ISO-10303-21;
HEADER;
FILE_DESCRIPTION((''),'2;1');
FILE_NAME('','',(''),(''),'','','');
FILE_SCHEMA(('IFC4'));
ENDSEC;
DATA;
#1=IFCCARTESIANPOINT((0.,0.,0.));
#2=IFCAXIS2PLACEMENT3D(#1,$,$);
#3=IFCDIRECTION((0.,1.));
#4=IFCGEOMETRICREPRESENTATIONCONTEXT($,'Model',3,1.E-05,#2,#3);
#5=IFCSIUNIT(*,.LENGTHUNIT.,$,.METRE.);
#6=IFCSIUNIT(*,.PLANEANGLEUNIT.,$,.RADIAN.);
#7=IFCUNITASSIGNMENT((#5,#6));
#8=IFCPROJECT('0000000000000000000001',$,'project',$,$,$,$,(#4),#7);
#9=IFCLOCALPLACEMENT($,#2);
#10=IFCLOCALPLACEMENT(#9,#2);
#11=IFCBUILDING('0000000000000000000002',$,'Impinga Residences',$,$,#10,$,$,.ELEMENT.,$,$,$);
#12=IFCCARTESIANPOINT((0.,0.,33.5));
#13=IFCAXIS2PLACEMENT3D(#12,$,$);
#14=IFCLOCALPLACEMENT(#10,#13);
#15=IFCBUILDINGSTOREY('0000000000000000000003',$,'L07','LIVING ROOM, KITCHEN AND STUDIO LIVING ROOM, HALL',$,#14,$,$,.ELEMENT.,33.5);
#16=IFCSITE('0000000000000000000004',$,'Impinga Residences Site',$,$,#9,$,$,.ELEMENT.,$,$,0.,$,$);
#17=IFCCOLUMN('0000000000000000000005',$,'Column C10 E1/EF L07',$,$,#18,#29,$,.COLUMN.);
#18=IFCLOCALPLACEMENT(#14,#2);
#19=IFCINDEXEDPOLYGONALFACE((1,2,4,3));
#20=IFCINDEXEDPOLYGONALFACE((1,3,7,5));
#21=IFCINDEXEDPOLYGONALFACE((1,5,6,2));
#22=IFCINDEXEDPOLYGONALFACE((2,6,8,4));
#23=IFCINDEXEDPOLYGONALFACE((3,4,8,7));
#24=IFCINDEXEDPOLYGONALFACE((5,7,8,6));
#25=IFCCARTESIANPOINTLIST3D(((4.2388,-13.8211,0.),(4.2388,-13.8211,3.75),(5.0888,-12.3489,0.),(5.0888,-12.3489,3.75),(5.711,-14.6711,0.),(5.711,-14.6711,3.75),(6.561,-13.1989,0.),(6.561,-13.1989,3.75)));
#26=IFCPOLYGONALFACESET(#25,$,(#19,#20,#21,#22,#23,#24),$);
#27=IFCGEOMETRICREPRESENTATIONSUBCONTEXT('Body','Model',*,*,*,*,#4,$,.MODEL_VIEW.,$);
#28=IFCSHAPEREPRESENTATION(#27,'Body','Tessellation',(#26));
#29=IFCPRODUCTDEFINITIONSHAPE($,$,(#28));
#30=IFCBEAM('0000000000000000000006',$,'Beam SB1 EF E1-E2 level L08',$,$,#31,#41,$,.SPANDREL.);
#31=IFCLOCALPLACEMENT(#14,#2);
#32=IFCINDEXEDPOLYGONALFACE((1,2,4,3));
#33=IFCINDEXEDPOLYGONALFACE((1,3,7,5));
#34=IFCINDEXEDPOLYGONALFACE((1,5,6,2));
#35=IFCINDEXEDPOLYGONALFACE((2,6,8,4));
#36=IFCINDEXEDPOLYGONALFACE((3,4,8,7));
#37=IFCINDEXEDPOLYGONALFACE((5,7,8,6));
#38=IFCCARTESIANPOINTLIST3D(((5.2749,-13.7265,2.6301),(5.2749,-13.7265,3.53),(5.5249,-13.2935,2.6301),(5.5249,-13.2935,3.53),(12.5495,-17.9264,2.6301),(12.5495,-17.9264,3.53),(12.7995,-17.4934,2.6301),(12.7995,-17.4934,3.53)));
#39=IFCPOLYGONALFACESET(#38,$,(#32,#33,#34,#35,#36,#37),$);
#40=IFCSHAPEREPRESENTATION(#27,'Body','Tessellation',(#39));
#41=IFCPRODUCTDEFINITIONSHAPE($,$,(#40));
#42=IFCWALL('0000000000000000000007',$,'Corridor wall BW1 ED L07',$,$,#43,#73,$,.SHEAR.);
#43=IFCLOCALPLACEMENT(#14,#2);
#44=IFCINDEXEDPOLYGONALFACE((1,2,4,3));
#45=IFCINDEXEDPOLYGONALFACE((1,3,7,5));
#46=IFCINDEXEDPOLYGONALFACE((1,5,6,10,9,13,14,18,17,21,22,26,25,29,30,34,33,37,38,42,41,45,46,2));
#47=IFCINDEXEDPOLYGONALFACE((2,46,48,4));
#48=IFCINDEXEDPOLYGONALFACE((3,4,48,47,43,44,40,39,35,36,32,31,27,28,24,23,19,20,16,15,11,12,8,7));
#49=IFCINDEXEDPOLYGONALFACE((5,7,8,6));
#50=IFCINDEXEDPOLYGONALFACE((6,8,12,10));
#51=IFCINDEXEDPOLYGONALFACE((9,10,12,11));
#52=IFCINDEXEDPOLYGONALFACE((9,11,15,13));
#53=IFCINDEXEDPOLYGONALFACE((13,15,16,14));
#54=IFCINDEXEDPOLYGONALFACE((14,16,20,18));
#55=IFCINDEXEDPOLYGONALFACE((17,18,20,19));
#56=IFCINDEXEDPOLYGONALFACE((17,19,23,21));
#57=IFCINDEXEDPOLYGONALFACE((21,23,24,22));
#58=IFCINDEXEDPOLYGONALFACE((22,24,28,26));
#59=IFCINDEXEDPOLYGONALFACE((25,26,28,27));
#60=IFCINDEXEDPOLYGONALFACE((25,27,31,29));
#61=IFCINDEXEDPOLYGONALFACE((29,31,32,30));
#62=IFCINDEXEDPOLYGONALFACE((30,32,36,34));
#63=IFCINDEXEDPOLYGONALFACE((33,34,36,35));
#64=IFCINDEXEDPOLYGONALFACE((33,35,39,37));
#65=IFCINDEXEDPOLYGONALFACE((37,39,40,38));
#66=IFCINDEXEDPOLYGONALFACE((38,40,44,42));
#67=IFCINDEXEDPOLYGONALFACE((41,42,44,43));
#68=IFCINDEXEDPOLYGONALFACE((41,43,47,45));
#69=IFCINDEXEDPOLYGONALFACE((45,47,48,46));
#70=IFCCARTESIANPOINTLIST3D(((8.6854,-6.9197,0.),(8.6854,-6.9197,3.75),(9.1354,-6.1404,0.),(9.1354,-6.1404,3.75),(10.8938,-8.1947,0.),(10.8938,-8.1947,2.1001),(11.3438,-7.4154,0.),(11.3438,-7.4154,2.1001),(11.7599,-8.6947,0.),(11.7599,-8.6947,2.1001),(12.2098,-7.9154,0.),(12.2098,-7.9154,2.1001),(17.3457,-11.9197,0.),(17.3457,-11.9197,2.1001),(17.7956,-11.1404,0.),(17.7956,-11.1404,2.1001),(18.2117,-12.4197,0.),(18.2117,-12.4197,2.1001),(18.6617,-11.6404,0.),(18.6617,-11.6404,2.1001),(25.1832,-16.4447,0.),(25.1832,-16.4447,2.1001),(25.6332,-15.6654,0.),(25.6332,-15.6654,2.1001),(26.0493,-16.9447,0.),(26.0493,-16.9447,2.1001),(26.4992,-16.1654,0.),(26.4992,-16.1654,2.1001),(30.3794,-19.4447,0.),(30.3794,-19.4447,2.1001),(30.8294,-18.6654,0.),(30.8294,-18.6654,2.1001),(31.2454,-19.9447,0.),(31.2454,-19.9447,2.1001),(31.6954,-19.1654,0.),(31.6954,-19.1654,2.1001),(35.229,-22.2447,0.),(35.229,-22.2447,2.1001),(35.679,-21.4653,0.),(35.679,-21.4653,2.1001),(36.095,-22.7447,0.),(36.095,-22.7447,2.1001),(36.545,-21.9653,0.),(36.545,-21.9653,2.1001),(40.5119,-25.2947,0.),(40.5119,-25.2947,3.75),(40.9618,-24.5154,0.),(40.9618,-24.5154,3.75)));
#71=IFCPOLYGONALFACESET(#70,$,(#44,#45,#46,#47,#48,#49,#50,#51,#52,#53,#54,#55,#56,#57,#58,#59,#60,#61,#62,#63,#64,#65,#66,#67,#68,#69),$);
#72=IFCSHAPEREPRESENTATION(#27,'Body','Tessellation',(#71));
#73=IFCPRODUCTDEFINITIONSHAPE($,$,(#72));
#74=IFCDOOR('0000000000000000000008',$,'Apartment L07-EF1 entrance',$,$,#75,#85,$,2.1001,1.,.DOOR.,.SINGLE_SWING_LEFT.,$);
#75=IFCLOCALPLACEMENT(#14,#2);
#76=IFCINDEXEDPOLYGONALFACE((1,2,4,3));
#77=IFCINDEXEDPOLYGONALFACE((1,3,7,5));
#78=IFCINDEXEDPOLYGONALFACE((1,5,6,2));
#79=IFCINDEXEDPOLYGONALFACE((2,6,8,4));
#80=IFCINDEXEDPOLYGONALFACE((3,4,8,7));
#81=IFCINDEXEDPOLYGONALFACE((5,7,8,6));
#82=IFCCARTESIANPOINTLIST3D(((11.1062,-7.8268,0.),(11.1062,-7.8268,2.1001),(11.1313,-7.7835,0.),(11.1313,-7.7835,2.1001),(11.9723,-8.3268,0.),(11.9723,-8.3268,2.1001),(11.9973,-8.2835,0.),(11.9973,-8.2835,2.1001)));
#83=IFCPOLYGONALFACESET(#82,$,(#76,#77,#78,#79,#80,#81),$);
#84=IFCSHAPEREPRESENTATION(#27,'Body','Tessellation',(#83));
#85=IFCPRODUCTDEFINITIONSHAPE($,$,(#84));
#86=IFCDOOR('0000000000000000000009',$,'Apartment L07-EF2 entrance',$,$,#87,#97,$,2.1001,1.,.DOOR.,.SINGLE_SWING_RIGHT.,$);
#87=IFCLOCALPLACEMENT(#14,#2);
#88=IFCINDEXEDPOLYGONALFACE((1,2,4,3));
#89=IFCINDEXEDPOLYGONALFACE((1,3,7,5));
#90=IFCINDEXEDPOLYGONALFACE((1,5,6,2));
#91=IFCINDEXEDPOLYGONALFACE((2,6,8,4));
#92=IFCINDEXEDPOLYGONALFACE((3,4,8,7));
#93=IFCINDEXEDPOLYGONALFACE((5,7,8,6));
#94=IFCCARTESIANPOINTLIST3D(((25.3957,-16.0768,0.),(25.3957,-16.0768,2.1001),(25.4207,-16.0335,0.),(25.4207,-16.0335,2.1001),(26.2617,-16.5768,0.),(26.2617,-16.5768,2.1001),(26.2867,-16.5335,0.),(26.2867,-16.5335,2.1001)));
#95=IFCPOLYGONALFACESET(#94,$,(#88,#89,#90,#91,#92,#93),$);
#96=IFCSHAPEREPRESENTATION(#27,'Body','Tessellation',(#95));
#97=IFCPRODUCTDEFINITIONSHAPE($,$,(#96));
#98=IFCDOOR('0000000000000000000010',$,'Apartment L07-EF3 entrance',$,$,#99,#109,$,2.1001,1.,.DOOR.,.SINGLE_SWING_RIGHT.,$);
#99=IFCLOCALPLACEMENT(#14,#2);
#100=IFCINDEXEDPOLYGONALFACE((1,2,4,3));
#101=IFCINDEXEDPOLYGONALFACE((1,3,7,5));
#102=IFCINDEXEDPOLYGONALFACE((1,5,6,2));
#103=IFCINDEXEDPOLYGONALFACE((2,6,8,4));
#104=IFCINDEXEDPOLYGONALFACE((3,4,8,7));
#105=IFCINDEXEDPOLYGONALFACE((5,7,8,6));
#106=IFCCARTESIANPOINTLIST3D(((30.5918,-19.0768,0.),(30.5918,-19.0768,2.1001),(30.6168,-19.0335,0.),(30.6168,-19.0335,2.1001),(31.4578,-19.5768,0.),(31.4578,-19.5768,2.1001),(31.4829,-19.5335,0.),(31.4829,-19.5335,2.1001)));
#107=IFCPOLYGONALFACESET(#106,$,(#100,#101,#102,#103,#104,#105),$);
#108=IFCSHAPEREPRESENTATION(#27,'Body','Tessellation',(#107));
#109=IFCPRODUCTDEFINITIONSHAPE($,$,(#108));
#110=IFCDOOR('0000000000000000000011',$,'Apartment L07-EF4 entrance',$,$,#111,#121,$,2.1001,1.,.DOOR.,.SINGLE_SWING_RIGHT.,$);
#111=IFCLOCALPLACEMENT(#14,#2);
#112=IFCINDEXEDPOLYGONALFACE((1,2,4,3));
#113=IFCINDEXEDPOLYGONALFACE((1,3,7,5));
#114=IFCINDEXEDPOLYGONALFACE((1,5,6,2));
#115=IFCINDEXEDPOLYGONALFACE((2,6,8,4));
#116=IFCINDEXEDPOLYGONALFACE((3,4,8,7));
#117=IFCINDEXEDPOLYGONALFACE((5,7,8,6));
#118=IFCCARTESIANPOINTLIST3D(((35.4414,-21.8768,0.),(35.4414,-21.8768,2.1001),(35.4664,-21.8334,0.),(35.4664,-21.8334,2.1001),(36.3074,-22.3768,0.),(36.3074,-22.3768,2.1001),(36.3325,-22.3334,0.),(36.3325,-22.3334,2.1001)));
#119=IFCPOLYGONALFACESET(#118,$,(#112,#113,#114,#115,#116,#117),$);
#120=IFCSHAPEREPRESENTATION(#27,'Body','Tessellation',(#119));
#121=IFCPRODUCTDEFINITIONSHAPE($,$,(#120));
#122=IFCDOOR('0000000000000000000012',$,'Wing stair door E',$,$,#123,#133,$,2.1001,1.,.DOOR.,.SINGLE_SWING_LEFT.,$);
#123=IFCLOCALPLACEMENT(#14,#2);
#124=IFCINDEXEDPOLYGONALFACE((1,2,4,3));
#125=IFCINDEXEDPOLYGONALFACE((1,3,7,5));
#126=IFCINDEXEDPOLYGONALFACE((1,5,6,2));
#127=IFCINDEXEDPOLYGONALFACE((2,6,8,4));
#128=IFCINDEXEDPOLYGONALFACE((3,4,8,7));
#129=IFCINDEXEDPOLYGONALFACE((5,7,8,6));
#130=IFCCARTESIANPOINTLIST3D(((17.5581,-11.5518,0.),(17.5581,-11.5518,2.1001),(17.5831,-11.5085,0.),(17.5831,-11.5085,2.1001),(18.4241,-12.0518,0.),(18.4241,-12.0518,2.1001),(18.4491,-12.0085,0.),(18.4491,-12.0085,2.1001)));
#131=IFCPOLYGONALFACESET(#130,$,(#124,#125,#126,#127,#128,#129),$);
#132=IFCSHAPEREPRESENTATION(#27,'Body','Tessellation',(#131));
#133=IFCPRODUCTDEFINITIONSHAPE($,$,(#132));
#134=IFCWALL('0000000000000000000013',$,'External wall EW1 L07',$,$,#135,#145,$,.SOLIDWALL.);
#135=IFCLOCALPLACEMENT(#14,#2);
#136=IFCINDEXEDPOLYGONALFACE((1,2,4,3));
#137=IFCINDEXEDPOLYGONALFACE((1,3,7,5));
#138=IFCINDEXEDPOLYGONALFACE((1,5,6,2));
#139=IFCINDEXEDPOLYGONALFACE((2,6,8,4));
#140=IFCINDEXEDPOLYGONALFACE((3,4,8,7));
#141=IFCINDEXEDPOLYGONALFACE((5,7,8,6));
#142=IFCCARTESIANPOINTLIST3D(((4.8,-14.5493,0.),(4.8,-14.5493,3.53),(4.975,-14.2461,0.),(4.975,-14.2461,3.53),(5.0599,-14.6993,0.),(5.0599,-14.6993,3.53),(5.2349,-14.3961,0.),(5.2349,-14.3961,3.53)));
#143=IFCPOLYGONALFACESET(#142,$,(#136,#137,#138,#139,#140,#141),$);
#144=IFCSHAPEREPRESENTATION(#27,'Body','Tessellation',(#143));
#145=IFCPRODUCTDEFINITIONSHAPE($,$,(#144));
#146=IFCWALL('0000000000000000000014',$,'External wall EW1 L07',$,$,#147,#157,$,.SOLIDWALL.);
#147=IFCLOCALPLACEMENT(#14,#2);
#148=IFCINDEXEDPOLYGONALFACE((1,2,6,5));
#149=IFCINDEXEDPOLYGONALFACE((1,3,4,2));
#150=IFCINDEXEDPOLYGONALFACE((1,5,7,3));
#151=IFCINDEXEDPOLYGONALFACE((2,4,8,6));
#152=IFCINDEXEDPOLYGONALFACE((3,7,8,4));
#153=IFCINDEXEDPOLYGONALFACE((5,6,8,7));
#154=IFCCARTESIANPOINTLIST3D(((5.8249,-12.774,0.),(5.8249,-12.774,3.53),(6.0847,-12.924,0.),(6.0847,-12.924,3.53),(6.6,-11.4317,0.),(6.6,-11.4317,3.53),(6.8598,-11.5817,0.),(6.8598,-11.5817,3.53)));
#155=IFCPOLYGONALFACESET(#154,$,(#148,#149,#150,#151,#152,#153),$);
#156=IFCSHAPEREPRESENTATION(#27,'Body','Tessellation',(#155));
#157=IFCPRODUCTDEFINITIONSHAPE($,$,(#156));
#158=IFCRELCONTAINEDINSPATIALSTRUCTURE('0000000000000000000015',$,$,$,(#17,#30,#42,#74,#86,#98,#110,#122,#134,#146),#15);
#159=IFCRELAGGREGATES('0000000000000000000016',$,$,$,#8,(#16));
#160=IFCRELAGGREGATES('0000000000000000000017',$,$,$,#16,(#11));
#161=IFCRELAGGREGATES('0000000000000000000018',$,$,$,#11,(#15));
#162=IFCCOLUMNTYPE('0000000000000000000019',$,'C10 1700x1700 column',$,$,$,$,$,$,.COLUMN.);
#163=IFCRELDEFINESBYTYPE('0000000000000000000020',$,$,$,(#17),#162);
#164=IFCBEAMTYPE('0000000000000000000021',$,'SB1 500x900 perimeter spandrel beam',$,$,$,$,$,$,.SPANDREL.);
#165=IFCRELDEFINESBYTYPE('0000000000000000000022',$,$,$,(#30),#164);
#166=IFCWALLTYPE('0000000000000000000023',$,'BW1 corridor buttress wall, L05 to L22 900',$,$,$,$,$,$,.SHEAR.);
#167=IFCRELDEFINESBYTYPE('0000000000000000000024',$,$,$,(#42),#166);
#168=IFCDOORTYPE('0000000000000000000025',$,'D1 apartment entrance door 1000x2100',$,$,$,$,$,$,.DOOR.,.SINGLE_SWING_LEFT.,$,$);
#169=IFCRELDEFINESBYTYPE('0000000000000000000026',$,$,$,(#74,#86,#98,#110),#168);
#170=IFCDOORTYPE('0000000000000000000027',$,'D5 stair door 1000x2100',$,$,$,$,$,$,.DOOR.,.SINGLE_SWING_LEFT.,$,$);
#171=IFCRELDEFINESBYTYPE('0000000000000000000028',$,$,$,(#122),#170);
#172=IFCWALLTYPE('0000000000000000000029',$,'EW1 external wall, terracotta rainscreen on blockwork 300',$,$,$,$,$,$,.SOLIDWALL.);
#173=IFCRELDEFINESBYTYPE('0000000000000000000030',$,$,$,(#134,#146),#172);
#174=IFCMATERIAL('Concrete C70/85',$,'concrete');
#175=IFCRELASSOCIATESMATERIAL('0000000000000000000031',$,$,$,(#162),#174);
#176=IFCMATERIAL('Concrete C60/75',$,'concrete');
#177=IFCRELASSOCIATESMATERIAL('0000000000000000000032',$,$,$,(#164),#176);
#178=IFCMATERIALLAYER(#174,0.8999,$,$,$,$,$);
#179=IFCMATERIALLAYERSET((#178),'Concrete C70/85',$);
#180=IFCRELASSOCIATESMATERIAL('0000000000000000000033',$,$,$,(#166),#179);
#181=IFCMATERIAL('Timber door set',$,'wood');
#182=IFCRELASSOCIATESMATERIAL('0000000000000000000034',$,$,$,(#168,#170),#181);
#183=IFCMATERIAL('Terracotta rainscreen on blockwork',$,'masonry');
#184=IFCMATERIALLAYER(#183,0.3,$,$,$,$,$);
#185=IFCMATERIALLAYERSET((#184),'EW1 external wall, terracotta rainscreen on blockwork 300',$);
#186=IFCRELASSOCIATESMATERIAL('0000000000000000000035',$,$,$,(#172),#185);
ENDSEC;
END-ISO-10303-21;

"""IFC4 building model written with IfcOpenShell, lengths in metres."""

from ifc_helpers import new_model, si_unit, direction, frame, frame_2d, origin, origin_2d, place, context, subcontext, project, spatial, rectangle, extrude, material, layer, layer_set, material_profile, profile_set, type_object, element, fill, save


model = new_model("IFC4")

# Units and contexts
model_context = context("Model", 3, precision=1e-05, world=origin(), true_north=direction((0.0, 1.0)))
body_context = subcontext(model_context, "Body", "Model", "MODEL_VIEW")
ifc_project = project(units=[si_unit("LENGTHUNIT", "METRE"), si_unit("PLANEANGLEUNIT", "RADIAN")], contexts=[model_context])

# Site, building, storey
site_placement = place(None, origin())
site = spatial("IfcSite", under=ifc_project, at=site_placement, Name="Impinga Residences Site", CompositionType="ELEMENT", RefElevation=0.0)
building_placement = place(site_placement, origin())
building = spatial("IfcBuilding", under=site, at=building_placement, Name="Impinga Residences", CompositionType="ELEMENT")
storey_placement = place(building_placement, frame((0.0, 0.0, 33.5)))
storey = spatial("IfcBuildingStorey", under=building, at=storey_placement, Name="L07", Description="LIVING ROOM, KITCHEN AND STUDIO LIVING ROOM, HALL", CompositionType="ELEMENT", Elevation=33.5)

# Column
ifc_material_1 = material(Name="Concrete C70/85", Category="concrete")
ifc_material_profile_1 = material_profile(ifc_material_1, rectangle(XDim=1.7, YDim=1.7, at=origin_2d()), Name="RC 1700x1700")
ifc_profile_set_1 = profile_set([ifc_material_profile_1], Name="Concrete C70/85")
column_type = type_object("IfcColumnType", Name="C10 1700x1700 column", PredefinedType="COLUMN", material=ifc_profile_set_1)
column_placement = place(storey_placement, frame((5.3999, -13.51, 0.0), z_axis=(0.0, 0.0, 1.0), x_axis=(-0.5, -0.866025, 0.0)))
element("IfcColumn", 1, at=column_placement, inside=storey, type_object=column_type, Name="Column C10 E1/EF L07", PredefinedType="COLUMN", context=body_context, shape_type="SweptSolid", body=[
    extrude(rectangle(XDim=1.7, YDim=1.7, at=origin_2d()), origin(), (0.0, 0.0, 1.0), 3.75),
])

# Beam
ifc_material_2 = material(Name="Concrete C60/75", Category="concrete")
ifc_material_profile_2 = material_profile(ifc_material_2, rectangle(XDim=0.5, YDim=0.8999, at=origin_2d()), Name="RC 500x900")
ifc_profile_set_2 = profile_set([ifc_material_profile_2], Name="Concrete C60/75")
beam_type = type_object("IfcBeamType", Name="SB1 500x900 perimeter spandrel beam", PredefinedType="SPANDREL", material=ifc_profile_set_2)
beam_placement = place(storey_placement, frame((5.3999, -13.51, 3.0801), z_axis=(0.866029, -0.499993, 0.0), x_axis=(0.499993, 0.866029, 0.0)))
element("IfcBeam", 2, at=beam_placement, inside=storey, type_object=beam_type, Name="Beam SB1 EF E1-E2 level L08", PredefinedType="SPANDREL", context=body_context, shape_type="SweptSolid", body=[
    extrude(rectangle(XDim=0.5, YDim=0.8999, at=origin_2d()), origin(), (0.0, 0.0, 1.0), 8.3999),
])

# Wall, openings, doors
ifc_layer_1 = layer(ifc_material_1, 0.8999)
ifc_layer_set_1 = layer_set([ifc_layer_1], Name="Concrete C70/85")
wall_type_1 = type_object("IfcWallType", Name="BW1 corridor buttress wall, L05 to L22 900", PredefinedType="SHEAR", material=ifc_layer_set_1)
wall_1_placement = place(storey_placement, frame((8.9104, -6.53, 0.0), z_axis=(0.0, 0.0, 1.0), x_axis=(0.866025, -0.5, 0.0)))
wall_1 = element("IfcWall", 3, at=wall_1_placement, inside=storey, type_object=wall_type_1, Name="Corridor wall BW1 ED L07", PredefinedType="SHEAR", context=body_context, shape_type="SweptSolid", body=[
    extrude(rectangle(XDim=36.75, YDim=0.8999, at=frame_2d((18.375, 0.0))), origin(), (0.0, 0.0, 1.0), 3.75),
])
opening_1_placement = place(wall_1_placement, frame((10.0, 0.0, 0.0)))
opening_1 = element("IfcOpeningElement", 4, at=opening_1_placement, cuts=wall_1, PredefinedType="OPENING", context=body_context, shape_type="SweptSolid", body=[
    extrude(rectangle(XDim=1.0, YDim=2.1001, at=frame_2d((0.5, 1.05))), frame((0.0, 0.46, 0.0), z_axis=(0.0, -1.0, 0.0), x_axis=(1.0, 0.0, 0.0)), (0.0, 0.0, 1.0), 0.9199),
])
opening_2_placement = place(wall_1_placement, frame((2.55, 0.0, 0.0)))
opening_2 = element("IfcOpeningElement", 5, at=opening_2_placement, cuts=wall_1, PredefinedType="OPENING", context=body_context, shape_type="SweptSolid", body=[
    extrude(rectangle(XDim=1.0, YDim=2.1001, at=frame_2d((0.5, 1.05))), frame((0.0, 0.46, 0.0), z_axis=(0.0, -1.0, 0.0), x_axis=(1.0, 0.0, 0.0)), (0.0, 0.0, 1.0), 0.9199),
])
opening_3_placement = place(wall_1_placement, frame((19.05, 0.0, 0.0)))
opening_3 = element("IfcOpeningElement", 6, at=opening_3_placement, cuts=wall_1, PredefinedType="OPENING", context=body_context, shape_type="SweptSolid", body=[
    extrude(rectangle(XDim=1.0, YDim=2.1001, at=frame_2d((0.5, 1.05))), frame((0.0, 0.46, 0.0), z_axis=(0.0, -1.0, 0.0), x_axis=(1.0, 0.0, 0.0)), (0.0, 0.0, 1.0), 0.9199),
])
opening_4_placement = place(wall_1_placement, frame((25.05, 0.0, 0.0)))
opening_4 = element("IfcOpeningElement", 7, at=opening_4_placement, cuts=wall_1, PredefinedType="OPENING", context=body_context, shape_type="SweptSolid", body=[
    extrude(rectangle(XDim=1.0, YDim=2.1001, at=frame_2d((0.5, 1.05))), frame((0.0, 0.46, 0.0), z_axis=(0.0, -1.0, 0.0), x_axis=(1.0, 0.0, 0.0)), (0.0, 0.0, 1.0), 0.9199),
])
opening_5_placement = place(wall_1_placement, frame((30.6499, 0.0, 0.0)))
opening_5 = element("IfcOpeningElement", 8, at=opening_5_placement, cuts=wall_1, PredefinedType="OPENING", context=body_context, shape_type="SweptSolid", body=[
    extrude(rectangle(XDim=1.0, YDim=2.1001, at=frame_2d((0.5, 1.05))), frame((0.0, 0.46, 0.0), z_axis=(0.0, -1.0, 0.0), x_axis=(1.0, 0.0, 0.0)), (0.0, 0.0, 1.0), 0.9199),
])
ifc_material_3 = material(Name="Timber door set", Category="wood")
door_type_1 = type_object("IfcDoorType", Name="D1 apartment entrance door 1000x2100", OperationType="SINGLE_SWING_LEFT", PredefinedType="DOOR", material=ifc_material_3)
door_1_placement = place(opening_2_placement, origin())
door_1 = element("IfcDoor", 9, at=door_1_placement, inside=storey, type_object=door_type_1, Name="Apartment L07-EF1 entrance", OperationType="SINGLE_SWING_LEFT", OverallHeight=2.1001, OverallWidth=1.0, PredefinedType="DOOR", context=body_context, shape_type="SweptSolid", body=[
    extrude(rectangle(XDim=1.0, YDim=2.1001, at=frame_2d((0.5, 1.05))), frame((0.0, 0.0249, 0.0), z_axis=(0.0, -1.0, 0.0), x_axis=(1.0, 0.0, 0.0)), (0.0, 0.0, 1.0), 0.05),
])
fill(opening_2, door_1)
door_2_placement = place(opening_3_placement, origin())
door_2 = element("IfcDoor", 10, at=door_2_placement, inside=storey, type_object=door_type_1, Name="Apartment L07-EF2 entrance", OperationType="SINGLE_SWING_RIGHT", OverallHeight=2.1001, OverallWidth=1.0, PredefinedType="DOOR", context=body_context, shape_type="SweptSolid", body=[
    extrude(rectangle(XDim=1.0, YDim=2.1001, at=frame_2d((0.5, 1.05))), frame((0.0, 0.0249, 0.0), z_axis=(0.0, -1.0, 0.0), x_axis=(1.0, 0.0, 0.0)), (0.0, 0.0, 1.0), 0.05),
])
fill(opening_3, door_2)
door_3_placement = place(opening_4_placement, origin())
door_3 = element("IfcDoor", 11, at=door_3_placement, inside=storey, type_object=door_type_1, Name="Apartment L07-EF3 entrance", OperationType="SINGLE_SWING_RIGHT", OverallHeight=2.1001, OverallWidth=1.0, PredefinedType="DOOR", context=body_context, shape_type="SweptSolid", body=[
    extrude(rectangle(XDim=1.0, YDim=2.1001, at=frame_2d((0.5, 1.05))), frame((0.0, 0.0249, 0.0), z_axis=(0.0, -1.0, 0.0), x_axis=(1.0, 0.0, 0.0)), (0.0, 0.0, 1.0), 0.05),
])
fill(opening_4, door_3)
door_4_placement = place(opening_5_placement, origin())
door_4 = element("IfcDoor", 12, at=door_4_placement, inside=storey, type_object=door_type_1, Name="Apartment L07-EF4 entrance", OperationType="SINGLE_SWING_RIGHT", OverallHeight=2.1001, OverallWidth=1.0, PredefinedType="DOOR", context=body_context, shape_type="SweptSolid", body=[
    extrude(rectangle(XDim=1.0, YDim=2.1001, at=frame_2d((0.5, 1.05))), frame((0.0, 0.0249, 0.0), z_axis=(0.0, -1.0, 0.0), x_axis=(1.0, 0.0, 0.0)), (0.0, 0.0, 1.0), 0.05),
])
fill(opening_5, door_4)
door_type_2 = type_object("IfcDoorType", Name="D5 stair door 1000x2100", OperationType="SINGLE_SWING_LEFT", PredefinedType="DOOR", material=ifc_material_3)
door_5_placement = place(opening_1_placement, origin())
door_5 = element("IfcDoor", 13, at=door_5_placement, inside=storey, type_object=door_type_2, Name="Wing stair door E", OperationType="SINGLE_SWING_LEFT", OverallHeight=2.1001, OverallWidth=1.0, PredefinedType="DOOR", context=body_context, shape_type="SweptSolid", body=[
    extrude(rectangle(XDim=1.0, YDim=2.1001, at=frame_2d((0.5, 1.05))), frame((0.0, 0.0249, 0.0), z_axis=(0.0, -1.0, 0.0), x_axis=(1.0, 0.0, 0.0)), (0.0, 0.0, 1.0), 0.05),
])
fill(opening_1, door_5)

# Walls
ifc_material_4 = material(Name="Terracotta rainscreen on blockwork", Category="masonry")
ifc_layer_2 = layer(ifc_material_4, 0.3)
ifc_layer_set_2 = layer_set([ifc_layer_2], Name="EW1 external wall, terracotta rainscreen on blockwork 300")
wall_type_2 = type_object("IfcWallType", Name="EW1 external wall, terracotta rainscreen on blockwork 300", PredefinedType="SOLIDWALL", material=ifc_layer_set_2)
wall_2_placement = place(storey_placement, frame((4.9299, -14.6243, 0.0), z_axis=(0.0, 0.0, 1.0), x_axis=(0.499964, 0.866046, 0.0)))
element("IfcWall", 14, at=wall_2_placement, inside=storey, type_object=wall_type_2, Name="External wall EW1 L07", PredefinedType="SOLIDWALL", context=body_context, shape_type="SweptSolid", body=[
    extrude(rectangle(XDim=0.3501, YDim=0.3, at=frame_2d((0.175, 0.0))), origin(), (0.0, 0.0, 1.0), 3.53),
])
wall_3_placement = place(storey_placement, frame((5.9548, -12.8489, 0.0), z_axis=(0.0, 0.0, 1.0), x_axis=(0.500086, 0.865976, 0.0)))
element("IfcWall", 15, at=wall_3_placement, inside=storey, type_object=wall_type_2, Name="External wall EW1 L07", PredefinedType="SOLIDWALL", context=body_context, shape_type="SweptSolid", body=[
    extrude(rectangle(XDim=1.55, YDim=0.3, at=frame_2d((0.7749, 0.0))), origin(), (0.0, 0.0, 1.0), 3.53),
])

save(model, "model.ifc")
